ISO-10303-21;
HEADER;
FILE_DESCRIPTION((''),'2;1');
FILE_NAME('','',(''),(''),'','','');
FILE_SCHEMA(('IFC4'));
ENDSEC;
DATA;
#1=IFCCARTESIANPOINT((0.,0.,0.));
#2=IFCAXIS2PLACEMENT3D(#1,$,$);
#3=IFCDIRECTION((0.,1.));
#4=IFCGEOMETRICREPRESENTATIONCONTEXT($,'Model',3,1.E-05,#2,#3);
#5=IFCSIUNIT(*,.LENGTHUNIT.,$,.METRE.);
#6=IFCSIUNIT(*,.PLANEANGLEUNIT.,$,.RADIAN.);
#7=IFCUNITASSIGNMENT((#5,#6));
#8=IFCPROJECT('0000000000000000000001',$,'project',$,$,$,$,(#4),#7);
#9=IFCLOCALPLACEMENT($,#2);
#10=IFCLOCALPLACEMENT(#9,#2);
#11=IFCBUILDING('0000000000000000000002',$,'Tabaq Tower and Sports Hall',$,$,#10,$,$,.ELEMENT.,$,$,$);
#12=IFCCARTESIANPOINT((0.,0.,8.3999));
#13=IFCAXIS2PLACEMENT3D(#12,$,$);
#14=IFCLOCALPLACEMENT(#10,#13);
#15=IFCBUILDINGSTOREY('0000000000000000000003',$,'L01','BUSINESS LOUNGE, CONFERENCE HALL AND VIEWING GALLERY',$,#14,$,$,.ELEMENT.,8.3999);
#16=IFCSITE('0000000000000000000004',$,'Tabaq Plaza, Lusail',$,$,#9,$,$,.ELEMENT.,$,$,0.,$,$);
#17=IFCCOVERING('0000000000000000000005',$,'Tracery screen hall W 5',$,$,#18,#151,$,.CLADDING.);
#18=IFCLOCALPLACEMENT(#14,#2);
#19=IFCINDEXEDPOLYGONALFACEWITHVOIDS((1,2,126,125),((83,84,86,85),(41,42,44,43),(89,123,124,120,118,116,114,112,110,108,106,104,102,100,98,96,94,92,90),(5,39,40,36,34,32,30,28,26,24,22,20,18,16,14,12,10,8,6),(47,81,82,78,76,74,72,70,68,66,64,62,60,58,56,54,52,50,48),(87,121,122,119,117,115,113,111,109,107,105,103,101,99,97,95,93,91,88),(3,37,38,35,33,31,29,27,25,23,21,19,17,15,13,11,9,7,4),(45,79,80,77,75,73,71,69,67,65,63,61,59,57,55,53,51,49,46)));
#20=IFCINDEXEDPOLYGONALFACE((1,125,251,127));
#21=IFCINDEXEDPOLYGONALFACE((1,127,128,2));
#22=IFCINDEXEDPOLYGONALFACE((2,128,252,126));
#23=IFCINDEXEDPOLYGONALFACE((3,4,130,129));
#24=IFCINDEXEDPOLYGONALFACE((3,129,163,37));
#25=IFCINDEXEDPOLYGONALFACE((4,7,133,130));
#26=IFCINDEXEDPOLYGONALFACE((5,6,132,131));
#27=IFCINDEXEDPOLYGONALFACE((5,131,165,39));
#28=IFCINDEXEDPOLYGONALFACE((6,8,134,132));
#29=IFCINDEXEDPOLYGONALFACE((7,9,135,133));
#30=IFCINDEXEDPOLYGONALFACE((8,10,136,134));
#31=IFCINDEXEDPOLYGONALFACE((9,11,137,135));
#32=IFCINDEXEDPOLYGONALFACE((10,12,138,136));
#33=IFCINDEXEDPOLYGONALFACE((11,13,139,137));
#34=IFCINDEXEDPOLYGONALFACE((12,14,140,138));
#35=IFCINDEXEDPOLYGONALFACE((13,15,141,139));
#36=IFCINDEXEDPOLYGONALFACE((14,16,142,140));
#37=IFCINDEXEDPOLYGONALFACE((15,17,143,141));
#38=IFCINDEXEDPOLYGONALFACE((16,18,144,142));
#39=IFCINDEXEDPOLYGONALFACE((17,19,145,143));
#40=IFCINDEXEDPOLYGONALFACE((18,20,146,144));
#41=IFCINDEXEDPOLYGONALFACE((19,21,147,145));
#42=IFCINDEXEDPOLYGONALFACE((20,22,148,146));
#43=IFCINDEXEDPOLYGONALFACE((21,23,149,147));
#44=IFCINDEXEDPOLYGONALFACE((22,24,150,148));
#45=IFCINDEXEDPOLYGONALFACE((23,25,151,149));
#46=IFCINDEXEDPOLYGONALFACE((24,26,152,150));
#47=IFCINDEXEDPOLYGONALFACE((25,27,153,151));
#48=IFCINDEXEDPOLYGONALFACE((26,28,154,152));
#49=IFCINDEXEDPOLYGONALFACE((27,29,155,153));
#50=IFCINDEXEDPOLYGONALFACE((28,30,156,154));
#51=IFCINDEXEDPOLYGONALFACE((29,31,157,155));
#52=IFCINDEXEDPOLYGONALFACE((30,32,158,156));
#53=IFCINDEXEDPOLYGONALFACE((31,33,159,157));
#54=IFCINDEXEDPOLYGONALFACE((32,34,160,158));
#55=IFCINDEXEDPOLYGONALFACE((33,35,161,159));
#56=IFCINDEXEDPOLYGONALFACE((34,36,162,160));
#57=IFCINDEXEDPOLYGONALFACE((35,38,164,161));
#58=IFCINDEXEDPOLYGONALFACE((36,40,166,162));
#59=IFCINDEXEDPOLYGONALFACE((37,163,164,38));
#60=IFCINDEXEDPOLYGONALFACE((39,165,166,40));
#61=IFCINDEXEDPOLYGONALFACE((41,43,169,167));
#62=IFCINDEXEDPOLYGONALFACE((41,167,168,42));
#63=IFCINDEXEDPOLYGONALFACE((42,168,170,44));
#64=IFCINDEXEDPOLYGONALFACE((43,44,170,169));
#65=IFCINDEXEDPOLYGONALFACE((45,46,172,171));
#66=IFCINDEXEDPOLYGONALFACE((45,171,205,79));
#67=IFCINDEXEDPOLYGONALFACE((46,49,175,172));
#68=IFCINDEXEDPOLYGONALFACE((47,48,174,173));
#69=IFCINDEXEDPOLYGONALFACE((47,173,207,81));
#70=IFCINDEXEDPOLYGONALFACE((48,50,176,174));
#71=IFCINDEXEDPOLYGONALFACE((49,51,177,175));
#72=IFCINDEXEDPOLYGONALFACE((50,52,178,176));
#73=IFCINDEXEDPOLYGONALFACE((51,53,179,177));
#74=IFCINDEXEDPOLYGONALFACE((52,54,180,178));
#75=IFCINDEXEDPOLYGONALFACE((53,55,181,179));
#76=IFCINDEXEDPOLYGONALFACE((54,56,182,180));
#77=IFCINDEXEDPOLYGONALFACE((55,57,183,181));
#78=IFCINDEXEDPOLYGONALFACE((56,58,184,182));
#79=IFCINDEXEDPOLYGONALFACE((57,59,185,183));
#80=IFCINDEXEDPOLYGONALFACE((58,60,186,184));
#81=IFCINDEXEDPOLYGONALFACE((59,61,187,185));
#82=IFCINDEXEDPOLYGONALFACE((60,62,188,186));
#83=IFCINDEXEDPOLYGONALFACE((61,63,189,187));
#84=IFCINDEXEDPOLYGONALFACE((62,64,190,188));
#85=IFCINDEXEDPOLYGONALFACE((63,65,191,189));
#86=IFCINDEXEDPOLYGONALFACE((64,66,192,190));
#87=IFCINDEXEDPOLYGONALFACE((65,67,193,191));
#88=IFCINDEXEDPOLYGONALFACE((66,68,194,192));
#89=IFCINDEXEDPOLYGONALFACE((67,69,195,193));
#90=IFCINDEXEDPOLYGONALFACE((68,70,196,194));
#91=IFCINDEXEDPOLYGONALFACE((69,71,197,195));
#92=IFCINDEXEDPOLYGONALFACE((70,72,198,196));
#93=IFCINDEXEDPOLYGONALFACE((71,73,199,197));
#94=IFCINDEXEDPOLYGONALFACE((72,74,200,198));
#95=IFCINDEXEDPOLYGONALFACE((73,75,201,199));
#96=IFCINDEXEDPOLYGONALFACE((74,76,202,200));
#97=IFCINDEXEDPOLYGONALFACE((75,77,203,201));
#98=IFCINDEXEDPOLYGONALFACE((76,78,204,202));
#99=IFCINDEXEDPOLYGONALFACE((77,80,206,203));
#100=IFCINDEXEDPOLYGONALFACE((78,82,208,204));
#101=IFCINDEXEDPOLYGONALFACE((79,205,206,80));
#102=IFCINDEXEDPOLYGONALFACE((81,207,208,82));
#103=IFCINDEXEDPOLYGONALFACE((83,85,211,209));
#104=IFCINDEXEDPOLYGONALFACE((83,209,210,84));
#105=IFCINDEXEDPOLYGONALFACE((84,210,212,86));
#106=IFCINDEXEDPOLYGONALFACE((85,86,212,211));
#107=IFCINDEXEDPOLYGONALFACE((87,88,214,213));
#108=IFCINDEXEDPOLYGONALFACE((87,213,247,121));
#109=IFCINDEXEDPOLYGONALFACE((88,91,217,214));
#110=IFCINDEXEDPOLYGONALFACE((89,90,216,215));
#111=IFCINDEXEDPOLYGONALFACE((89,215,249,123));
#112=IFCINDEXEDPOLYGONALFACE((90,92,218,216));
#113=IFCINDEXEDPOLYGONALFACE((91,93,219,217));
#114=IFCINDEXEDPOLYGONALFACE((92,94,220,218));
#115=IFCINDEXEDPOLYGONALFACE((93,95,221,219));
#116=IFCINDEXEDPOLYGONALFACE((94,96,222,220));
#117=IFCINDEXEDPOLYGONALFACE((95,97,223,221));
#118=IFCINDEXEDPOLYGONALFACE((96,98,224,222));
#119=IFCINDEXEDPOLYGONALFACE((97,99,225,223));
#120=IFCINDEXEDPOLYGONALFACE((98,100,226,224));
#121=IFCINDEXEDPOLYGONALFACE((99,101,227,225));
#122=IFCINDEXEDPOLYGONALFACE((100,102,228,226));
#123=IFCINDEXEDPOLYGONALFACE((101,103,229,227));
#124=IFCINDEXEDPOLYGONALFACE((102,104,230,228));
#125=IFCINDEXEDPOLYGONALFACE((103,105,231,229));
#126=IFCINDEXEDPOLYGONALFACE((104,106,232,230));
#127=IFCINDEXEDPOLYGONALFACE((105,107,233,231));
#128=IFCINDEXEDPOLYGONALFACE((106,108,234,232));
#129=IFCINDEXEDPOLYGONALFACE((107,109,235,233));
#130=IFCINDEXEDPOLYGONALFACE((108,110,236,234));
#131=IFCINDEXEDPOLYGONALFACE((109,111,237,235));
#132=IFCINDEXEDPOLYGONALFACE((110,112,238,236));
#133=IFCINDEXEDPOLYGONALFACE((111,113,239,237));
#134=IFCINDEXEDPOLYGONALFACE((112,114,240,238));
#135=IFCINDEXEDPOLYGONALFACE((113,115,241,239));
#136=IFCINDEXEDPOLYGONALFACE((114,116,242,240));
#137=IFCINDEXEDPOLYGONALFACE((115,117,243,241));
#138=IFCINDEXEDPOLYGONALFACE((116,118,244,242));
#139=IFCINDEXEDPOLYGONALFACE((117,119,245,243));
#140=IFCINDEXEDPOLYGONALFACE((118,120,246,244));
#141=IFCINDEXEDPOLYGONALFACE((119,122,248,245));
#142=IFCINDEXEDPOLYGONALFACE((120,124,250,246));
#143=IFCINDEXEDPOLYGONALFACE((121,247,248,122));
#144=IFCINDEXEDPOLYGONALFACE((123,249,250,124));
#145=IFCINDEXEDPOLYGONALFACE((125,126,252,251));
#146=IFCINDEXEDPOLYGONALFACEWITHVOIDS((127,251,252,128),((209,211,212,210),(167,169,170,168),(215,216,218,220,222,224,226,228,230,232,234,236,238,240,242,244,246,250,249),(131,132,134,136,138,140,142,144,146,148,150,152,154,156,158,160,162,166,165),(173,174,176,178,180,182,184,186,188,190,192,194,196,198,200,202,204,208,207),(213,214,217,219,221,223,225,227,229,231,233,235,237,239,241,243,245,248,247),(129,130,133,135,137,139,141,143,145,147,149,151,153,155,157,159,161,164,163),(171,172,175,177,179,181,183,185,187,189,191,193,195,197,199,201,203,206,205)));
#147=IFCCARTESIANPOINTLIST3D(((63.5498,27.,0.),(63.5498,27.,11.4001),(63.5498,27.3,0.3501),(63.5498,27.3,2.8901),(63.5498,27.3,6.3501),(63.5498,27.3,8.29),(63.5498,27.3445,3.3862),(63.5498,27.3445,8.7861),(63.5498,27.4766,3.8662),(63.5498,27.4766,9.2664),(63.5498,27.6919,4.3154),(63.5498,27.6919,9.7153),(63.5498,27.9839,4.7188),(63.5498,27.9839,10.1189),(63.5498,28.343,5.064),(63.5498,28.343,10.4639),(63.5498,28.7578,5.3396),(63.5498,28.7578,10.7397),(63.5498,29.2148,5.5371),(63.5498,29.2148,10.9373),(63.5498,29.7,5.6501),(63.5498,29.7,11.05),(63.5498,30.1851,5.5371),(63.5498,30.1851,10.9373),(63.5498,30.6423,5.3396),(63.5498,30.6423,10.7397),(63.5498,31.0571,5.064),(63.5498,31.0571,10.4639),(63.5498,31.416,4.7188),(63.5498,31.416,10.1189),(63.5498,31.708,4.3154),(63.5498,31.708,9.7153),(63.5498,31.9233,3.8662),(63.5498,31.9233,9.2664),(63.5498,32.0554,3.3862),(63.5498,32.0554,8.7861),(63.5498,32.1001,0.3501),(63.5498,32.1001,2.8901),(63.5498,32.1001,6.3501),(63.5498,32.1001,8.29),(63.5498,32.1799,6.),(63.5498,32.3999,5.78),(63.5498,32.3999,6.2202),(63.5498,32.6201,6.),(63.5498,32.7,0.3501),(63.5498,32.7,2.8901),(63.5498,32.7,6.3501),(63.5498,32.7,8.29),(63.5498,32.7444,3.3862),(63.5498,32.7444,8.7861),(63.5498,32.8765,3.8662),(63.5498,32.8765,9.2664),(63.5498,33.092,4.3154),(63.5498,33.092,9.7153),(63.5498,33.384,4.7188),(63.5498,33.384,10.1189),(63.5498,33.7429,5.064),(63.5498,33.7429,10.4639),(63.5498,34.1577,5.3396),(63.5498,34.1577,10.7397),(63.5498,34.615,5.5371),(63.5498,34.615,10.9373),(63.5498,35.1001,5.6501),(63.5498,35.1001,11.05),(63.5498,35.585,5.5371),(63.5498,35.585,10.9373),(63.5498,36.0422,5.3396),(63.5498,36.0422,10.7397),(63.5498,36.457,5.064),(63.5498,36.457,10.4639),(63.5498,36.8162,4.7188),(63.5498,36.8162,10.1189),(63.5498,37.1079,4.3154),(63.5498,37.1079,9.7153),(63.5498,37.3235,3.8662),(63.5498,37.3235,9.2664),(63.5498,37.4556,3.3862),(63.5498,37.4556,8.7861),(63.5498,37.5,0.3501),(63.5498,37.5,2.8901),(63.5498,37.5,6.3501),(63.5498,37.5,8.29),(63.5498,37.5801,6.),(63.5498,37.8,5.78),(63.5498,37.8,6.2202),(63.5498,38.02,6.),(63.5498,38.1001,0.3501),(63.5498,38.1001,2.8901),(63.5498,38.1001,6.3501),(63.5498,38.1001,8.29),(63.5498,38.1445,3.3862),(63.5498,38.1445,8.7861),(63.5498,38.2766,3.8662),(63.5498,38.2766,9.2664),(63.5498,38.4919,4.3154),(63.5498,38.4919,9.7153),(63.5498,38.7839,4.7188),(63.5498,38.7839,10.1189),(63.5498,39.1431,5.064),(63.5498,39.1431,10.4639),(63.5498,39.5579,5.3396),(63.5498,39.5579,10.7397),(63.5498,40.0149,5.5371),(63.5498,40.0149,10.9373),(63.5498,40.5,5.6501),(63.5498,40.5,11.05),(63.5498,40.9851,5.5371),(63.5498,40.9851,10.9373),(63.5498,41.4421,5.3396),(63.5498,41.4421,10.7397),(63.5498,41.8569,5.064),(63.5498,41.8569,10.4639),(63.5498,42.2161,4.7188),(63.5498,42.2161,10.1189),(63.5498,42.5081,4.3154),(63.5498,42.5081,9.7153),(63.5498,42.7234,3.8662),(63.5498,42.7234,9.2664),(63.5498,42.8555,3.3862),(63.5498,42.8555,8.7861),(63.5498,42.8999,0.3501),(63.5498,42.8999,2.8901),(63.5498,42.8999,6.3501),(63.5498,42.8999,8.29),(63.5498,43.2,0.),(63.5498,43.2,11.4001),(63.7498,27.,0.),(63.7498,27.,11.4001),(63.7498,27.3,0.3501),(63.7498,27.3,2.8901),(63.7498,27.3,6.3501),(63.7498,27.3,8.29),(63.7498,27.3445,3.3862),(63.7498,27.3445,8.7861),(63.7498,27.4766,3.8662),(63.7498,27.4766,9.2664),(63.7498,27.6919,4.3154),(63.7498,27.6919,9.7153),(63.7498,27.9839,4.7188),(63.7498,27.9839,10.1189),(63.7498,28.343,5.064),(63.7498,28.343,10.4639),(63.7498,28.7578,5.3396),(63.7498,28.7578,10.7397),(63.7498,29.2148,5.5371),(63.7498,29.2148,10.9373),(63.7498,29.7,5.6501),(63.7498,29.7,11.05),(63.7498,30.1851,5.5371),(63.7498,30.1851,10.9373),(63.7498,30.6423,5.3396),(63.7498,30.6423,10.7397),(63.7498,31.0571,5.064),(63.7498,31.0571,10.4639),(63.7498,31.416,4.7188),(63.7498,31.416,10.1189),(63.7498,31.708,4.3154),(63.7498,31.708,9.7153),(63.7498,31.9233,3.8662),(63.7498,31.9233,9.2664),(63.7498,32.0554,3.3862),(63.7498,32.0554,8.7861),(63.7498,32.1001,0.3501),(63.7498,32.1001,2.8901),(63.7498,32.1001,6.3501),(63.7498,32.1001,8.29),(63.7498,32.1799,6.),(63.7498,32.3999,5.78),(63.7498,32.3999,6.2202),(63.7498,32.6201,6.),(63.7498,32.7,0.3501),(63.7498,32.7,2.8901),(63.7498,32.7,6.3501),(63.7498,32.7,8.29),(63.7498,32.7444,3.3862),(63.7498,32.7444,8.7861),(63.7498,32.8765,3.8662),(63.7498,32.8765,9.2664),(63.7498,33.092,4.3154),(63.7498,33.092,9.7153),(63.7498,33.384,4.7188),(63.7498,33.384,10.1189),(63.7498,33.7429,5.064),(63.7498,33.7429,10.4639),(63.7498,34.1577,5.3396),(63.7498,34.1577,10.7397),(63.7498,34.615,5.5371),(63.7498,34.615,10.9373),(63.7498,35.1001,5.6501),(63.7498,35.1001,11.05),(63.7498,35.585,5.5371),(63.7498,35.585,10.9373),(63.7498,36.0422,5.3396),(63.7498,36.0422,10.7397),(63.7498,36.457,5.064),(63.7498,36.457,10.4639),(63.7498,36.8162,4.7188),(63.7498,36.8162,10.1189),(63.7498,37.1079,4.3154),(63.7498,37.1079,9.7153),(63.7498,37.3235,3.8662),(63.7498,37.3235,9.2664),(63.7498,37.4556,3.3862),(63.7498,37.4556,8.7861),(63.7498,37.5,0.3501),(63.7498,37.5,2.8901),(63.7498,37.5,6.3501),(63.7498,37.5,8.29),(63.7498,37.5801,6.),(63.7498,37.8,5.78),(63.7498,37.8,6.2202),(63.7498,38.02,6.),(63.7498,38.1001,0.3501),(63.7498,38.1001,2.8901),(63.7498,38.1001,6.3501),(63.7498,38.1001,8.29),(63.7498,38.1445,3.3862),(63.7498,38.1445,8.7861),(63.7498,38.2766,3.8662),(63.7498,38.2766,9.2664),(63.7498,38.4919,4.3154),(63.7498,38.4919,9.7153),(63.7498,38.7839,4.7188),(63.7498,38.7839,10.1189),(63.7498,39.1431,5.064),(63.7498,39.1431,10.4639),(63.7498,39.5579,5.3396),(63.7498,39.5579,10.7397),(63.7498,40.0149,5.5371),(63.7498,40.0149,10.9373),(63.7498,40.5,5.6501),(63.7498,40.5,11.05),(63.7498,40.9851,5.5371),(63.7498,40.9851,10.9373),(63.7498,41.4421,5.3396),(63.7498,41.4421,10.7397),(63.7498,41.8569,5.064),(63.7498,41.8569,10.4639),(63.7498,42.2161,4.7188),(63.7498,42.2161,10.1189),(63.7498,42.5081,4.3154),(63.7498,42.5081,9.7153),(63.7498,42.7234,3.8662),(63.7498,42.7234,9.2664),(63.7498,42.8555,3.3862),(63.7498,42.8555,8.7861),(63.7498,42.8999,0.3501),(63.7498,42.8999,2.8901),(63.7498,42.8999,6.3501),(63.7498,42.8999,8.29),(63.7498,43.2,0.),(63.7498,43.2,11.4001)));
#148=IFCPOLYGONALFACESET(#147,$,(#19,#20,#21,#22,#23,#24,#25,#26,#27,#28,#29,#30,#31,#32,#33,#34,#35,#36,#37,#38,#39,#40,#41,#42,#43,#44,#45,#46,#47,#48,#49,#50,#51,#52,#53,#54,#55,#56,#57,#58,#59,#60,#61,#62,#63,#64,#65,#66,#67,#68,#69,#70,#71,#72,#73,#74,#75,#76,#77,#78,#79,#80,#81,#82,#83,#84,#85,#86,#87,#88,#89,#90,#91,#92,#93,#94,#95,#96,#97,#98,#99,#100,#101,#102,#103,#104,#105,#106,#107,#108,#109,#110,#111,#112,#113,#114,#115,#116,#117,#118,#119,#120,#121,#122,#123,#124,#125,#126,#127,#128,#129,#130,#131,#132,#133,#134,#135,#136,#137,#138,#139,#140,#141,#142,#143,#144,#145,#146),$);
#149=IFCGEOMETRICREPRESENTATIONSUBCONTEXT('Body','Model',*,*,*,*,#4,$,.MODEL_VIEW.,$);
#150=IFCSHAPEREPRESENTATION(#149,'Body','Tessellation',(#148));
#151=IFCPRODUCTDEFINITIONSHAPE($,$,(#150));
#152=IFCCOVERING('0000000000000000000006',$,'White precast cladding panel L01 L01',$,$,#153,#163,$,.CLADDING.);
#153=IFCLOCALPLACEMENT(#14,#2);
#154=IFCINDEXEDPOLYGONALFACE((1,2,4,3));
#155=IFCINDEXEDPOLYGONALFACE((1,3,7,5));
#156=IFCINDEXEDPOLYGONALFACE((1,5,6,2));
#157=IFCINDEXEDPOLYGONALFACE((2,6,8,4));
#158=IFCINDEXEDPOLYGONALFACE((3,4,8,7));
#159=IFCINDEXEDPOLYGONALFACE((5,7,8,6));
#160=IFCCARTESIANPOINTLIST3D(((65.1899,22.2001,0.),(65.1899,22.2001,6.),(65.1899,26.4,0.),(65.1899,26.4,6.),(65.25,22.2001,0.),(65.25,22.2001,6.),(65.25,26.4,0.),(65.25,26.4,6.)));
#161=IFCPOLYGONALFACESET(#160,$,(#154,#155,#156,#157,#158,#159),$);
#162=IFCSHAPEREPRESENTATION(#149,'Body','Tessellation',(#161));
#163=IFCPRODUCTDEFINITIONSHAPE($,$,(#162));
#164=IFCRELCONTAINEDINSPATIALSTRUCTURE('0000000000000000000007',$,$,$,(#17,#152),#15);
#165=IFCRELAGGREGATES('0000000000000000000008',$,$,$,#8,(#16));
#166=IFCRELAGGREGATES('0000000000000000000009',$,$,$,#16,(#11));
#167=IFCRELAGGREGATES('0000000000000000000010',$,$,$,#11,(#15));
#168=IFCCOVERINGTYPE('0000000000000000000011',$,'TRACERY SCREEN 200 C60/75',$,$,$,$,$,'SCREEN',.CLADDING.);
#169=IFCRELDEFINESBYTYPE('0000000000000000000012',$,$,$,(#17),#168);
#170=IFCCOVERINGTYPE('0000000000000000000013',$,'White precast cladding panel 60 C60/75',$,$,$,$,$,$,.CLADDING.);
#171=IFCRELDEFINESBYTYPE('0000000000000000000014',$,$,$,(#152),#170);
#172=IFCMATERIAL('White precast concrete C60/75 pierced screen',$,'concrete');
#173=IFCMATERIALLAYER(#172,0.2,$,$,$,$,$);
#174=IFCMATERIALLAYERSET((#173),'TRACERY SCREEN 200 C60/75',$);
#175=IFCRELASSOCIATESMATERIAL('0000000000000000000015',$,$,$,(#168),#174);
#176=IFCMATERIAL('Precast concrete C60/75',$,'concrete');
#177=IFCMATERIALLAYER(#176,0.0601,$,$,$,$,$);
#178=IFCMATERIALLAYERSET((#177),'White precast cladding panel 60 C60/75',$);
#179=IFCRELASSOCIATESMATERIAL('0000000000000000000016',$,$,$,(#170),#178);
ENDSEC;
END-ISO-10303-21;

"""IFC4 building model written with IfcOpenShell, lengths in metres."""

from ifc_helpers import new_model, si_unit, direction, frame, frame_2d, origin, place, context, subcontext, project, spatial, polyline, rectangle, outline, extrude, material, layer, layer_set, type_object, element, save


model = new_model("IFC4")

# Units and contexts
model_context = context("Model", 3, precision=1e-05, world=origin(), true_north=direction((0.0, 1.0)))
body_context = subcontext(model_context, "Body", "Model", "MODEL_VIEW")
ifc_project = project(units=[si_unit("LENGTHUNIT", "METRE"), si_unit("PLANEANGLEUNIT", "RADIAN")], contexts=[model_context])

# Site, building, storey
site_placement = place(None, origin())
site = spatial("IfcSite", under=ifc_project, at=site_placement, Name="Tabaq Plaza, Lusail", CompositionType="ELEMENT", RefElevation=0.0)
building_placement = place(site_placement, origin())
building = spatial("IfcBuilding", under=site, at=building_placement, Name="Tabaq Tower and Sports Hall", CompositionType="ELEMENT")
storey_placement = place(building_placement, frame((0.0, 0.0, 8.3999)))
storey = spatial("IfcBuildingStorey", under=building, at=storey_placement, Name="L01", Description="BUSINESS LOUNGE, CONFERENCE HALL AND VIEWING GALLERY", CompositionType="ELEMENT", Elevation=8.3999)

# Coverings
ifc_material_1 = material(Name="White precast concrete C60/75 pierced screen", Category="concrete")
ifc_layer_1 = layer(ifc_material_1, 0.2)
ifc_layer_set_1 = layer_set([ifc_layer_1], Name="TRACERY SCREEN 200 C60/75")
covering_type_1 = type_object("IfcCoveringType", Name="TRACERY SCREEN 200 C60/75", ElementType="SCREEN", PredefinedType="CLADDING", material=ifc_layer_set_1)
covering_1_placement = place(storey_placement, frame((63.6499, 27.0, 0.0), z_axis=(0.0, 0.0, 1.0), x_axis=(0.0, 1.0, 0.0)))
element("IfcCovering", 1, at=covering_1_placement, inside=storey, type_object=covering_type_1, Name="Tracery screen hall W 5", PredefinedType="CLADDING", context=body_context, shape_type="SweptSolid", body=[
    extrude(outline(polyline([(0.0, 0.0), (16.2, 0.0), (16.2, 11.4001), (0.0, 11.4001), (0.0, 0.0)]), holes=[polyline([(0.3, 0.3501), (5.1001, 0.3501), (5.1001, 2.8901), (5.0554, 3.3862), (4.9233, 3.8662), (4.708, 4.3154), (4.416, 4.7188), (4.0571, 5.064), (3.6423, 5.3396), (3.1851, 5.5371), (2.7, 5.6501), (2.2148, 5.5371), (1.7578, 5.3396), (1.343, 5.064), (0.9839, 4.7188), (0.6919, 4.3154), (0.4766, 3.8662), (0.3445, 3.3862), (0.3, 2.8901), (0.3, 0.3501)]), polyline([(5.7, 0.3501), (10.5, 0.3501), (10.5, 2.8901), (10.4556, 3.3862), (10.3235, 3.8662), (10.1079, 4.3154), (9.8162, 4.7188), (9.457, 5.064), (9.0422, 5.3396), (8.585, 5.5371), (8.1001, 5.6501), (7.615, 5.5371), (7.1577, 5.3396), (6.7429, 5.064), (6.384, 4.7188), (6.092, 4.3154), (5.8765, 3.8662), (5.7444, 3.3862), (5.7, 2.8901), (5.7, 0.3501)]), polyline([(11.1001, 0.3501), (15.8999, 0.3501), (15.8999, 2.8901), (15.8555, 3.3862), (15.7234, 3.8662), (15.5081, 4.3154), (15.2161, 4.7188), (14.8569, 5.064), (14.4421, 5.3396), (13.9851, 5.5371), (13.5, 5.6501), (13.0149, 5.5371), (12.5579, 5.3396), (12.1431, 5.064), (11.7839, 4.7188), (11.4919, 4.3154), (11.2766, 3.8662), (11.1445, 3.3862), (11.1001, 2.8901), (11.1001, 0.3501)]), polyline([(0.3, 6.3501), (5.1001, 6.3501), (5.1001, 8.29), (5.0554, 8.7861), (4.9233, 9.2664), (4.708, 9.7153), (4.416, 10.1189), (4.0571, 10.4639), (3.6423, 10.7397), (3.1851, 10.9373), (2.7, 11.05), (2.2148, 10.9373), (1.7578, 10.7397), (1.343, 10.4639), (0.9839, 10.1189), (0.6919, 9.7153), (0.4766, 9.2664), (0.3445, 8.7861), (0.3, 8.29), (0.3, 6.3501)]), polyline([(5.7, 6.3501), (10.5, 6.3501), (10.5, 8.29), (10.4556, 8.7861), (10.3235, 9.2664), (10.1079, 9.7153), (9.8162, 10.1189), (9.457, 10.4639), (9.0422, 10.7397), (8.585, 10.9373), (8.1001, 11.05), (7.615, 10.9373), (7.1577, 10.7397), (6.7429, 10.4639), (6.384, 10.1189), (6.092, 9.7153), (5.8765, 9.2664), (5.7444, 8.7861), (5.7, 8.29), (5.7, 6.3501)]), polyline([(11.1001, 6.3501), (15.8999, 6.3501), (15.8999, 8.29), (15.8555, 8.7861), (15.7234, 9.2664), (15.5081, 9.7153), (15.2161, 10.1189), (14.8569, 10.4639), (14.4421, 10.7397), (13.9851, 10.9373), (13.5, 11.05), (13.0149, 10.9373), (12.5579, 10.7397), (12.1431, 10.4639), (11.7839, 10.1189), (11.4919, 9.7153), (11.2766, 9.2664), (11.1445, 8.7861), (11.1001, 8.29), (11.1001, 6.3501)]), polyline([(5.6201, 6.0), (5.3999, 6.2202), (5.1799, 6.0), (5.3999, 5.78), (5.6201, 6.0)]), polyline([(11.02, 6.0), (10.8, 6.2202), (10.5801, 6.0), (10.8, 5.78), (11.02, 6.0)])]), frame((0.0, 0.1001, 0.0), z_axis=(0.0, -1.0, 0.0), x_axis=(1.0, 0.0, 0.0)), (0.0, 0.0, 1.0), 0.2),
])
ifc_material_2 = material(Name="Precast concrete C60/75", Category="concrete")
ifc_layer_2 = layer(ifc_material_2, 0.0601)
ifc_layer_set_2 = layer_set([ifc_layer_2], Name="White precast cladding panel 60 C60/75")
covering_type_2 = type_object("IfcCoveringType", Name="White precast cladding panel 60 C60/75", PredefinedType="CLADDING", material=ifc_layer_set_2)
covering_2_placement = place(storey_placement, frame((65.22, 22.2, 0.0), z_axis=(0.0, 0.0, 1.0), x_axis=(0.0, 1.0, 0.0)))
element("IfcCovering", 2, at=covering_2_placement, inside=storey, type_object=covering_type_2, Name="White precast cladding panel L01 L01", PredefinedType="CLADDING", context=body_context, shape_type="SweptSolid", body=[
    extrude(rectangle(XDim=4.2, YDim=0.0601, at=frame_2d((2.1001, 0.0))), origin(), (0.0, 0.0, 1.0), 6.0),
])

save(model, "model.ifc")
